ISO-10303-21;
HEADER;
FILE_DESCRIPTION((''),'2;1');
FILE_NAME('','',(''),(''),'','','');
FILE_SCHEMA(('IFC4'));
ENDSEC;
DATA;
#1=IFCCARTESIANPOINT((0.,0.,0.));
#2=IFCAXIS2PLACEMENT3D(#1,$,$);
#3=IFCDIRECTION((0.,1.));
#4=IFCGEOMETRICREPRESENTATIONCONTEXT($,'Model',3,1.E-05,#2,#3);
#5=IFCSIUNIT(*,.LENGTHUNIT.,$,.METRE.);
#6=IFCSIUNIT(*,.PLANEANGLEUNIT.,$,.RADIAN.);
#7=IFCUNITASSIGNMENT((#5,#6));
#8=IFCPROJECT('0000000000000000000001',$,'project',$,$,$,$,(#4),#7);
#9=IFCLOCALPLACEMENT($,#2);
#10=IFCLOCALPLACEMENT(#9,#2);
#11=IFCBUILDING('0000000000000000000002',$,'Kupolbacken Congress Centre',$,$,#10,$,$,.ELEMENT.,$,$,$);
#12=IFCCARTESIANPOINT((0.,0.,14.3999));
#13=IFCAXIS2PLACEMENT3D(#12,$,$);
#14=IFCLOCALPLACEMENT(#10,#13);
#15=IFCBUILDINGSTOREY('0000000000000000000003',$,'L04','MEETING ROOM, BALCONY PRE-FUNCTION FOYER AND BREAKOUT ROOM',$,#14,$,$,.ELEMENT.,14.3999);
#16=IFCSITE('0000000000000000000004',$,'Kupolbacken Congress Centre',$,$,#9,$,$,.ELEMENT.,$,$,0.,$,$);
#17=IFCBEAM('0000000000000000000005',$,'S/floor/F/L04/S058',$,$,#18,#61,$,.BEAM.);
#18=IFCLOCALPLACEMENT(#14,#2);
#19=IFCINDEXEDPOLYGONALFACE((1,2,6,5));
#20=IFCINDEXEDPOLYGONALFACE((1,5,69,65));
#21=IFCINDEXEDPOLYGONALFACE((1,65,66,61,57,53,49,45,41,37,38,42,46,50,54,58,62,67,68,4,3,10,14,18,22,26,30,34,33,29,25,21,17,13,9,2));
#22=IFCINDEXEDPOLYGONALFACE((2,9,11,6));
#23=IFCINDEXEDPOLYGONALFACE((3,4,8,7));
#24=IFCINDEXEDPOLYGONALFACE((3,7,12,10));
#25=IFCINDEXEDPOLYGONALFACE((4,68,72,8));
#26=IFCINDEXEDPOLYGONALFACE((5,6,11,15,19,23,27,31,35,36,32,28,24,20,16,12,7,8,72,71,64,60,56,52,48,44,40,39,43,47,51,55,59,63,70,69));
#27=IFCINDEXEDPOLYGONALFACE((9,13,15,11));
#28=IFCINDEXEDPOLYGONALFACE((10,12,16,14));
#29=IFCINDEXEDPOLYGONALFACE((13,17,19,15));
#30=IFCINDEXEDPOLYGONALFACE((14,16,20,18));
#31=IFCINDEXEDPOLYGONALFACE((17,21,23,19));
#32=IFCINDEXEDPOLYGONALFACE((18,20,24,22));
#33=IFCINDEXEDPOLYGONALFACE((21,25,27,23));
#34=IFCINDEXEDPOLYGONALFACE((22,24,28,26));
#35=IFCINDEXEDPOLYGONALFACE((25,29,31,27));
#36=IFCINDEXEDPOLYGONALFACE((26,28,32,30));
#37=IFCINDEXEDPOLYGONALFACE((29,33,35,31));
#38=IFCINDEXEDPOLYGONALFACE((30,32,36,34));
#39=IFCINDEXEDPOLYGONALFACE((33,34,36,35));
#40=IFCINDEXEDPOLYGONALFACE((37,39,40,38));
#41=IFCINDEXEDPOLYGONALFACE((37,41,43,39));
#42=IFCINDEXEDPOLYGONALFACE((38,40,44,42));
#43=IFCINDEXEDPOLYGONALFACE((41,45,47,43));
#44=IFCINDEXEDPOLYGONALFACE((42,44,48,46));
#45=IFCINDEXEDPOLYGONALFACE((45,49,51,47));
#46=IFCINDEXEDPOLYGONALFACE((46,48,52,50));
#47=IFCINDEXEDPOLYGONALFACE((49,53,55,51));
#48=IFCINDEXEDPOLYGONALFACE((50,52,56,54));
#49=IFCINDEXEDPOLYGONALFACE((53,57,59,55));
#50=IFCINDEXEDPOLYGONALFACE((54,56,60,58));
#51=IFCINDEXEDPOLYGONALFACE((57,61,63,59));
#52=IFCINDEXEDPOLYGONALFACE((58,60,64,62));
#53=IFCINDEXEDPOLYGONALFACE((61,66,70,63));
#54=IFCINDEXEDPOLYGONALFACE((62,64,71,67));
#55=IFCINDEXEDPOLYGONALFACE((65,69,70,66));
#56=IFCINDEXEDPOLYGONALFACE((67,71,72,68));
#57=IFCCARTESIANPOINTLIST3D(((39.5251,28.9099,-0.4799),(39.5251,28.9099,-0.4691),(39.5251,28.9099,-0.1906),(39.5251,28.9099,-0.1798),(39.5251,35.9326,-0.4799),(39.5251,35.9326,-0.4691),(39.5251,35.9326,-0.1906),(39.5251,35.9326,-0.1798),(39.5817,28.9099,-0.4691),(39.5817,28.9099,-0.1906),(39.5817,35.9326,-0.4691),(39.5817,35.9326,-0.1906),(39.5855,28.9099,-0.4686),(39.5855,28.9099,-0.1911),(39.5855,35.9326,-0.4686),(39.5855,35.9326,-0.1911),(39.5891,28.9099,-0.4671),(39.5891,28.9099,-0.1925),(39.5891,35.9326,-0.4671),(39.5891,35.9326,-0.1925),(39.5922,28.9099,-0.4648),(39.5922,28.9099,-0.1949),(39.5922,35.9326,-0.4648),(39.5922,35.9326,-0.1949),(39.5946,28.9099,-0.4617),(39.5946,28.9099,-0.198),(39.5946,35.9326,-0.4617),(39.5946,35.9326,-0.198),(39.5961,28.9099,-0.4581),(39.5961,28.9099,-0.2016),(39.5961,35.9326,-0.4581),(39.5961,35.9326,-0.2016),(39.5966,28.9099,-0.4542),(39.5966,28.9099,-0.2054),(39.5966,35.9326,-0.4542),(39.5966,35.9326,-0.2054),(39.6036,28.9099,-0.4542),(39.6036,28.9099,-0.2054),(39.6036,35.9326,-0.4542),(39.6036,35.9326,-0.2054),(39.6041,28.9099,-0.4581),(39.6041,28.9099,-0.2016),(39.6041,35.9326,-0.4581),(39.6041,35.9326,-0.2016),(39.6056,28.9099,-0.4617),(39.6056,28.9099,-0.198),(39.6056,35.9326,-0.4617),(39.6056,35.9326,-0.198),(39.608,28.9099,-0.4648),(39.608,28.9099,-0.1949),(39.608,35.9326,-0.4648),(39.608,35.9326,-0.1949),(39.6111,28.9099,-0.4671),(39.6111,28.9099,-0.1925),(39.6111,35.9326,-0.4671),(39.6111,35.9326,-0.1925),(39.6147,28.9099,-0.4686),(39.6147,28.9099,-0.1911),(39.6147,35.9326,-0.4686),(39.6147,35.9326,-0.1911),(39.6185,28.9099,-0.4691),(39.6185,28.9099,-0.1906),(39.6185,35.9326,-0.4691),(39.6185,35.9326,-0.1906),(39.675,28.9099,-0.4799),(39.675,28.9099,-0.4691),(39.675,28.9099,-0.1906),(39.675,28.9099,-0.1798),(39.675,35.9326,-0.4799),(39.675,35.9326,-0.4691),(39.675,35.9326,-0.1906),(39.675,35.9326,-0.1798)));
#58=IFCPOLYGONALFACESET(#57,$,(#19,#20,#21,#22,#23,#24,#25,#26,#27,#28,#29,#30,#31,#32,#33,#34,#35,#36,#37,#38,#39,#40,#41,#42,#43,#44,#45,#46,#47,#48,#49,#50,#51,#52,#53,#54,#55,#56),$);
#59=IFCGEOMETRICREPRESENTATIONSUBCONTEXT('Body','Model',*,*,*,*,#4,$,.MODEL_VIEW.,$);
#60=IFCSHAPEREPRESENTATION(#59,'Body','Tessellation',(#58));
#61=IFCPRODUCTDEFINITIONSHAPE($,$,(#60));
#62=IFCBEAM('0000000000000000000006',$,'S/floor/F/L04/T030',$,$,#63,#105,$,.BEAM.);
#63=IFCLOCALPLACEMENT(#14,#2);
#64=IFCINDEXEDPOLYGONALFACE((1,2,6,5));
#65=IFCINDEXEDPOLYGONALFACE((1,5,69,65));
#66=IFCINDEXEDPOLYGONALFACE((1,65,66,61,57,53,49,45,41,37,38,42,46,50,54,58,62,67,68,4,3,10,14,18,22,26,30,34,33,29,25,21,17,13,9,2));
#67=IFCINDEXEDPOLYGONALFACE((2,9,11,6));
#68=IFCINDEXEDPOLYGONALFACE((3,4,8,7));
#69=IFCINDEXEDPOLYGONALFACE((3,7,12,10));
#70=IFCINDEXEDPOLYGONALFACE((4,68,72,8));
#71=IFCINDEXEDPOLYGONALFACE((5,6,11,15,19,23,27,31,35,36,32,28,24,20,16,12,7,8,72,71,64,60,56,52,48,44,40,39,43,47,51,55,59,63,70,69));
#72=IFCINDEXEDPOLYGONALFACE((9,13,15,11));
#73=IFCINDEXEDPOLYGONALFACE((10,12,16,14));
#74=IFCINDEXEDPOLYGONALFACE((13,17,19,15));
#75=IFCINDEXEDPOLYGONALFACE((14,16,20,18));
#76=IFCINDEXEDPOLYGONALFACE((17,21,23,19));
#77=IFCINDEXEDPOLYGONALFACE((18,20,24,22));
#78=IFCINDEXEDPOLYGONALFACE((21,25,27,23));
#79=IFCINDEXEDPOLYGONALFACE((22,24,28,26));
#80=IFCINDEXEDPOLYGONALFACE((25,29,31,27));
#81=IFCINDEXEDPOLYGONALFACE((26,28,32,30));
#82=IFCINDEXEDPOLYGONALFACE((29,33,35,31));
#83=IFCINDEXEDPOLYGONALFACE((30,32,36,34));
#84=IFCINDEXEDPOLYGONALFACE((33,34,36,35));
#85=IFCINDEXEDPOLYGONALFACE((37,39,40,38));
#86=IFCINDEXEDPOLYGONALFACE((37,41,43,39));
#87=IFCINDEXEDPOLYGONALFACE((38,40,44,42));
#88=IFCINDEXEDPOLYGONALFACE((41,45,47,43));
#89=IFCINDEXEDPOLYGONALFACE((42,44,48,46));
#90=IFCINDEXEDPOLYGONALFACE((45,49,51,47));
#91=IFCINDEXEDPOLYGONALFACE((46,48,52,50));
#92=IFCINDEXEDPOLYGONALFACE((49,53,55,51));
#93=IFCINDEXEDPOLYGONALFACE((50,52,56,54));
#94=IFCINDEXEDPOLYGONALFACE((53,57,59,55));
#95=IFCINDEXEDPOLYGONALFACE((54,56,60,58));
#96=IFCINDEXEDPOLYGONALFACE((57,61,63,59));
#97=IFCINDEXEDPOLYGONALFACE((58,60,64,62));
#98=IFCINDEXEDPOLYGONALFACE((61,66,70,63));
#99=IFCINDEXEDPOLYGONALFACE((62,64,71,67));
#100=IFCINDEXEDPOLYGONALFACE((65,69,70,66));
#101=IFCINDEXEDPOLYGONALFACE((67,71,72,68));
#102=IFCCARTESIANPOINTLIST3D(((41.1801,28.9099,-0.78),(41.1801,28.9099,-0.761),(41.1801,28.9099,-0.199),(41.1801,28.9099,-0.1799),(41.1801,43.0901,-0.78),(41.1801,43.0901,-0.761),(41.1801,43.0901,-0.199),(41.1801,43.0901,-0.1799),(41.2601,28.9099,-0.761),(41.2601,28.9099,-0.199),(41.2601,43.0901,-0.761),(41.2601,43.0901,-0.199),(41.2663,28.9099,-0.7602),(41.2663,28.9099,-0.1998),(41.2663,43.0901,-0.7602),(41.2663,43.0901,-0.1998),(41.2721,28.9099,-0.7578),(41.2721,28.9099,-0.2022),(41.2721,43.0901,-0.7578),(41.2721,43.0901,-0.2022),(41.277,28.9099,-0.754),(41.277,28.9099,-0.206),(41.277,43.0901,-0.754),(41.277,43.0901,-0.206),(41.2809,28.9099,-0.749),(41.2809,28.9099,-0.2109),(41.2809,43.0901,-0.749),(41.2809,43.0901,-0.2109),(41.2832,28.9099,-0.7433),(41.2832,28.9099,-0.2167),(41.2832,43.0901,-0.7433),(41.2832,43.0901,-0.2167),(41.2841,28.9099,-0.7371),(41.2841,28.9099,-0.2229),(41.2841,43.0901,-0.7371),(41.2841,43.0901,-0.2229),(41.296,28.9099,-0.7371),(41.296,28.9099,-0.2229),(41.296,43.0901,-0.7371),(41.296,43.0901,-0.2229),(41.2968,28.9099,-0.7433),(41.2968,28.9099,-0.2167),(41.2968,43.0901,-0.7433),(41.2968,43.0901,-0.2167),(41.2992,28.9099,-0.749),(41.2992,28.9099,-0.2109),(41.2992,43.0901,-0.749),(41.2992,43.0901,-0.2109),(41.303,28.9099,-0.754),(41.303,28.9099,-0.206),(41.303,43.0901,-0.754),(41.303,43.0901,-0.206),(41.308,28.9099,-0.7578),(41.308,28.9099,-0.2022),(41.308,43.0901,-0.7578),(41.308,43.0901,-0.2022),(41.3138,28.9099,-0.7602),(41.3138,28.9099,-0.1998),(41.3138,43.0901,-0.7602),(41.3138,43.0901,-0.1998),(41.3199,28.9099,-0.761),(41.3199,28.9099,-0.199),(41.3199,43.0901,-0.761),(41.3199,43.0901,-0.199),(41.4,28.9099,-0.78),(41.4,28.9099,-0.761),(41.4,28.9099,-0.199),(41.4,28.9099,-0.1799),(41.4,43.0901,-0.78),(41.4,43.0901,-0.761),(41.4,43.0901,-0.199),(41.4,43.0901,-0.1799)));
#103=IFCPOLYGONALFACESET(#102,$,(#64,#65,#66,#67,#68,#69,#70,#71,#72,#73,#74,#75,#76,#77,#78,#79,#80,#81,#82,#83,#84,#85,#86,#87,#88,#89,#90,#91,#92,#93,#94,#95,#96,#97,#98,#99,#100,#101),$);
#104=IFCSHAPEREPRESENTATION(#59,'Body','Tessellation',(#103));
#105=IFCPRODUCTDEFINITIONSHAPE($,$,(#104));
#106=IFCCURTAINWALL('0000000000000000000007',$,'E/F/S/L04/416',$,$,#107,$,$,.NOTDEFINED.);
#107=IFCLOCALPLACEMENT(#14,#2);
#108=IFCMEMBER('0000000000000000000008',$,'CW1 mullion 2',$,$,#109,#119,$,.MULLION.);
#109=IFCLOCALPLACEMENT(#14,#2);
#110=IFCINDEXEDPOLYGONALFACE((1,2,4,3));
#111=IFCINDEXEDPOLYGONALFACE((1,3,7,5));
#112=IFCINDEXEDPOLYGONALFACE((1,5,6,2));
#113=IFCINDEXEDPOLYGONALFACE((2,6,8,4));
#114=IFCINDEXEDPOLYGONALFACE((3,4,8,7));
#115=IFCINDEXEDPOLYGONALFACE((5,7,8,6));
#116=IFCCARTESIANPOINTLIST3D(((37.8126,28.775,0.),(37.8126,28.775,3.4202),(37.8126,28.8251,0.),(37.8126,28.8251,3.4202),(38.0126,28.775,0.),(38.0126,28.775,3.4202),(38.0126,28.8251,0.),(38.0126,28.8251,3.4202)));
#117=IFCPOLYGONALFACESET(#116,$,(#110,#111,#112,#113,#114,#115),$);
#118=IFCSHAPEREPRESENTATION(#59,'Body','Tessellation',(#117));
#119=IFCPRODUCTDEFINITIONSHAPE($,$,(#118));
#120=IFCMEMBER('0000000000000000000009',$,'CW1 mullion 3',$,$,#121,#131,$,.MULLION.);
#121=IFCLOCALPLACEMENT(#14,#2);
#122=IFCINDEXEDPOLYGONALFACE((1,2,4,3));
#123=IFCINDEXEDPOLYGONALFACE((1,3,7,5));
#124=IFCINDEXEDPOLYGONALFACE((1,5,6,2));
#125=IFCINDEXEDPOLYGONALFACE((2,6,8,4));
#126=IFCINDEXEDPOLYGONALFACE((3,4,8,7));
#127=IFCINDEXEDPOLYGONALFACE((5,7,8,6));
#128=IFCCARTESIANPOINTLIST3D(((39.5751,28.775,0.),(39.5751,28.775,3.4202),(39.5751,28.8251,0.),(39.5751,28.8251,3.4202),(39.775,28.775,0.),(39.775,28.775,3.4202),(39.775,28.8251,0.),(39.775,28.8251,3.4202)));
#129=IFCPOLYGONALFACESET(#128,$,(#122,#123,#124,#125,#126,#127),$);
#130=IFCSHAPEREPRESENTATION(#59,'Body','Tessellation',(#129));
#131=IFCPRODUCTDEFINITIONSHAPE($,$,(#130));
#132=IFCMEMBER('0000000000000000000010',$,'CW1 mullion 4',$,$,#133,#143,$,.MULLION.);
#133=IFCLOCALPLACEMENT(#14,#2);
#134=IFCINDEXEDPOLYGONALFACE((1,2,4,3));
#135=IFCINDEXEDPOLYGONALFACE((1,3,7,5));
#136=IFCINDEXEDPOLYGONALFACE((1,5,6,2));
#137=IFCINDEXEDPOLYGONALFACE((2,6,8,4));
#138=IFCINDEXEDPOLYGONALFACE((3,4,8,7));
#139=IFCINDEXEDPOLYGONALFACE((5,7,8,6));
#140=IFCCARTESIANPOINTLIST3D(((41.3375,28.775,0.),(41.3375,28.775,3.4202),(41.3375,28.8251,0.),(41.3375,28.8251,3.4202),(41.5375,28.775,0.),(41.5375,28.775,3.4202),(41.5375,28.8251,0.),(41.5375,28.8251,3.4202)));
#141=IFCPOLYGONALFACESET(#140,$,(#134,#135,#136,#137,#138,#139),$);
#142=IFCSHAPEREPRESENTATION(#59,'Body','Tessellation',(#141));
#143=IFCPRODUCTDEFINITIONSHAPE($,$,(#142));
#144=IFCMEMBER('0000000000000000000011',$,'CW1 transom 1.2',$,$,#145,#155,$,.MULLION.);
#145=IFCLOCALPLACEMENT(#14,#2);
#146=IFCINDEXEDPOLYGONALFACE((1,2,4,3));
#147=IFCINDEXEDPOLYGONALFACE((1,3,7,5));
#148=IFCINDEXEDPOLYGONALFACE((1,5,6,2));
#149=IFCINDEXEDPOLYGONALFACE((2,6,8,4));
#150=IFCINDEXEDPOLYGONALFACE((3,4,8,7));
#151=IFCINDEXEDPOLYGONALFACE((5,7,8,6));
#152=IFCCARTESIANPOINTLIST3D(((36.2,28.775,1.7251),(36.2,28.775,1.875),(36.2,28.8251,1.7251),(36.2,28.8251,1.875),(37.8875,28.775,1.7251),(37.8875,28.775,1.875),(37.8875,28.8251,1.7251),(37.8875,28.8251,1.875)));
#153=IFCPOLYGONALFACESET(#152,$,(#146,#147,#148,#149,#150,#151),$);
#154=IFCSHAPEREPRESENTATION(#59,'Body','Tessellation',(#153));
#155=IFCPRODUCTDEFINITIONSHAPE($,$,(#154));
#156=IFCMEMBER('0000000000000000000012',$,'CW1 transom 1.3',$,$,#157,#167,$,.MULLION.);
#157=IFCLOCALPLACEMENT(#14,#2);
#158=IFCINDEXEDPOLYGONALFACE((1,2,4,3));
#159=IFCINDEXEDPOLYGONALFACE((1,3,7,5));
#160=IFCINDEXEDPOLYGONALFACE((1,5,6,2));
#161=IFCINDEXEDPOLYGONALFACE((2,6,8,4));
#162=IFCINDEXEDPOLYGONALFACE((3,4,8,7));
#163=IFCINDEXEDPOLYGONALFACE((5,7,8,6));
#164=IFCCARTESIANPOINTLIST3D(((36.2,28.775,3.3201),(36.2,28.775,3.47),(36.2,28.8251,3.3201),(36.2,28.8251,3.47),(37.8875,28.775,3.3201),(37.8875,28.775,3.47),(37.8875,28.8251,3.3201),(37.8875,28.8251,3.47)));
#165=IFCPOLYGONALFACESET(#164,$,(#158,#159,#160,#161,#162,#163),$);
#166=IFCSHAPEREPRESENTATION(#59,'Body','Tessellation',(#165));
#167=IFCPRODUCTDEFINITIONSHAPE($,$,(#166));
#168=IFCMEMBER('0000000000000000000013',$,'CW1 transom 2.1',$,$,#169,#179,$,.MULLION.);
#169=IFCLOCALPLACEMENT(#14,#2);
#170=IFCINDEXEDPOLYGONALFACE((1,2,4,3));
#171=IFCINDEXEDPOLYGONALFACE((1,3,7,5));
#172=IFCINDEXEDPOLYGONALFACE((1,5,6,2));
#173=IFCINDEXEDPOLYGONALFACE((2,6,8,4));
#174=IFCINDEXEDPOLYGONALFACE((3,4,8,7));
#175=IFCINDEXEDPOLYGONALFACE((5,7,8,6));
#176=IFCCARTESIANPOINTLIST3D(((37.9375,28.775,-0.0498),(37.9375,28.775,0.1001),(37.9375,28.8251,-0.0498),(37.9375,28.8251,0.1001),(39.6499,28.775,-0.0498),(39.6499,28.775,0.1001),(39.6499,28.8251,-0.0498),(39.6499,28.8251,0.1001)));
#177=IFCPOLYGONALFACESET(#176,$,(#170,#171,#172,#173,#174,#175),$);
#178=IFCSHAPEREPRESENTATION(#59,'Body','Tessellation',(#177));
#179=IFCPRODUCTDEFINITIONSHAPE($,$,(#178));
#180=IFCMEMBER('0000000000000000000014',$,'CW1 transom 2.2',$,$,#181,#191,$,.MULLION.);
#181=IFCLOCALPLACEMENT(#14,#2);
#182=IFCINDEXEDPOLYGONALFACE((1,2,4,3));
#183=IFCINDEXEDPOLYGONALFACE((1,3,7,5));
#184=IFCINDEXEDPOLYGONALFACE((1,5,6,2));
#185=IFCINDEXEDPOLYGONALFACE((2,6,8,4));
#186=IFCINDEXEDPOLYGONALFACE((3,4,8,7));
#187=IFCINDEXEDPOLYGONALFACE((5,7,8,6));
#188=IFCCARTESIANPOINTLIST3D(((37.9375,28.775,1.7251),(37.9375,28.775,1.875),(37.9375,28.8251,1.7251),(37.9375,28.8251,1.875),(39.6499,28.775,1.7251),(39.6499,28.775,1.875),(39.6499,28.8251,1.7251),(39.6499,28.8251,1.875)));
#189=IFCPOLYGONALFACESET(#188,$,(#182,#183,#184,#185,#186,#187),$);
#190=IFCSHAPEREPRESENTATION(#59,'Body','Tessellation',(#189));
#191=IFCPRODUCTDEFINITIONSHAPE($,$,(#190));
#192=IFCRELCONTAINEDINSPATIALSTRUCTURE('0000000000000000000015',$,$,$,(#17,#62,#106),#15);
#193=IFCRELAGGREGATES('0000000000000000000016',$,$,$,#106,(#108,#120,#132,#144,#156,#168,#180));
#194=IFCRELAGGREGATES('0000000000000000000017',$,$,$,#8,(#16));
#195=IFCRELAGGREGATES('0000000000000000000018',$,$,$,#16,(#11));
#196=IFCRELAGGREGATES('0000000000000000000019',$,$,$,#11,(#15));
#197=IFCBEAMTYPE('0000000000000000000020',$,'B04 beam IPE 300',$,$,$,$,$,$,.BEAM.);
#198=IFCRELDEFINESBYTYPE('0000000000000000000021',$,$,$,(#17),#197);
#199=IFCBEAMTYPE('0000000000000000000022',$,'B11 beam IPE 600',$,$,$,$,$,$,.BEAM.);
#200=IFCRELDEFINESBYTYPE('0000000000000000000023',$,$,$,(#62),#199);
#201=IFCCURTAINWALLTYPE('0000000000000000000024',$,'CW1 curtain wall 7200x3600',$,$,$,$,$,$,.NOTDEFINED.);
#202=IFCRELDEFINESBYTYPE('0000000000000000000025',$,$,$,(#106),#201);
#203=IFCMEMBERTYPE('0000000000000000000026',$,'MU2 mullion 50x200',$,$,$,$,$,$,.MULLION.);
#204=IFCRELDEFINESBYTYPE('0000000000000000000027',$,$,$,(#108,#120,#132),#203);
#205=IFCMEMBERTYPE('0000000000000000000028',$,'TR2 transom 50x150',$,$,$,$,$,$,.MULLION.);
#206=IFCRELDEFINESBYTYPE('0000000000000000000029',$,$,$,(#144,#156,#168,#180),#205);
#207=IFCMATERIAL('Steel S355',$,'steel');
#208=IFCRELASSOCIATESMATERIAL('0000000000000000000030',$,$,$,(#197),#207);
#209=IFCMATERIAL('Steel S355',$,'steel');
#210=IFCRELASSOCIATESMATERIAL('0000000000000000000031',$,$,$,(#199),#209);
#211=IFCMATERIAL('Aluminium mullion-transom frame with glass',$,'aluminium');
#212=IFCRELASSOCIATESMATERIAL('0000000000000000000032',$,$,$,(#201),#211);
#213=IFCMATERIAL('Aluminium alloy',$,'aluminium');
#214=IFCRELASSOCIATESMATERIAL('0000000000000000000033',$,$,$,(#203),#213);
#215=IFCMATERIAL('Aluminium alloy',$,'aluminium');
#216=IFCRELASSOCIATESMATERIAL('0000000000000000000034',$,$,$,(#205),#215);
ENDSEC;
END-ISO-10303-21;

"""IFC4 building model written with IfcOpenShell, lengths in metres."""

from ifc_helpers import new_model, si_unit, direction, frame, origin, origin_2d, place, context, subcontext, project, spatial, rectangle, i_section, extrude, material, material_profile, profile_set, type_object, element, aggregate, save


model = new_model("IFC4")

# Units and contexts
model_context = context("Model", 3, precision=1e-05, world=origin(), true_north=direction((0.0, 1.0)))
body_context = subcontext(model_context, "Body", "Model", "MODEL_VIEW")
ifc_project = project(units=[si_unit("LENGTHUNIT", "METRE"), si_unit("PLANEANGLEUNIT", "RADIAN")], contexts=[model_context])

# Site, building, storey
site_placement = place(None, origin())
site = spatial("IfcSite", under=ifc_project, at=site_placement, Name="Kupolbacken Congress Centre", CompositionType="ELEMENT", RefElevation=0.0)
building_placement = place(site_placement, origin())
building = spatial("IfcBuilding", under=site, at=building_placement, Name="Kupolbacken Congress Centre", CompositionType="ELEMENT")
storey_placement = place(building_placement, frame((0.0, 0.0, 14.3999)))
storey = spatial("IfcBuildingStorey", under=building, at=storey_placement, Name="L04", Description="MEETING ROOM, BALCONY PRE-FUNCTION FOYER AND BREAKOUT ROOM", CompositionType="ELEMENT", Elevation=14.3999)

# Beams
ifc_material_1 = material(Name="Steel S355", Category="steel")
ifc_material_profile_1 = material_profile(ifc_material_1, i_section(OverallWidth=0.1499, OverallDepth=0.3, WebThickness=0.0071, FlangeThickness=0.0107, FilletRadius=0.0149, at=origin_2d()), Name="IPE 300")
ifc_profile_set_1 = profile_set([ifc_material_profile_1], Name="Steel S355")
beam_type_1 = type_object("IfcBeamType", Name="B04 beam IPE 300", PredefinedType="BEAM", material=ifc_profile_set_1)
beam_1_placement = place(storey_placement, frame((39.6001, 28.9099, -0.3298), z_axis=(0.0, 1.0, 0.0), x_axis=(-1.0, 0.0, 0.0)))
element("IfcBeam", 1, at=beam_1_placement, inside=storey, type_object=beam_type_1, Name="S/floor/F/L04/S058", PredefinedType="BEAM", context=body_context, shape_type="SweptSolid", body=[
    extrude(i_section(OverallWidth=0.1499, OverallDepth=0.3, WebThickness=0.0071, FlangeThickness=0.0107, FilletRadius=0.0149, at=origin_2d()), origin(), (0.0, 0.0, 1.0), 7.0227),
])
ifc_material_2 = material(Name="Steel S355", Category="steel")
ifc_material_profile_2 = material_profile(ifc_material_2, i_section(OverallWidth=0.22, OverallDepth=0.6001, WebThickness=0.012, FlangeThickness=0.019, FilletRadius=0.0239, at=origin_2d()), Name="IPE 600")
ifc_profile_set_2 = profile_set([ifc_material_profile_2], Name="Steel S355")
beam_type_2 = type_object("IfcBeamType", Name="B11 beam IPE 600", PredefinedType="BEAM", material=ifc_profile_set_2)
beam_2_placement = place(storey_placement, frame((41.29, 28.9099, -0.48), z_axis=(0.0, 1.0, 0.0), x_axis=(-1.0, 0.0, 0.0)))
element("IfcBeam", 2, at=beam_2_placement, inside=storey, type_object=beam_type_2, Name="S/floor/F/L04/T030", PredefinedType="BEAM", context=body_context, shape_type="SweptSolid", body=[
    extrude(i_section(OverallWidth=0.22, OverallDepth=0.6001, WebThickness=0.012, FlangeThickness=0.019, FilletRadius=0.0239, at=origin_2d()), origin(), (0.0, 0.0, 1.0), 14.1802),
])

# Curtain wall, members
ifc_material_3 = material(Name="Aluminium mullion-transom frame with glass", Category="aluminium")
curtain_wall_type = type_object("IfcCurtainWallType", Name="CW1 curtain wall 7200x3600", PredefinedType="NOTDEFINED", material=ifc_material_3)
curtain_wall_placement = place(storey_placement, origin())
curtain_wall = element("IfcCurtainWall", 3, at=curtain_wall_placement, inside=storey, type_object=curtain_wall_type, Name="E/F/S/L04/416", PredefinedType="NOTDEFINED")
ifc_material_4 = material(Name="Aluminium alloy", Category="aluminium")
ifc_material_profile_3 = material_profile(ifc_material_4, rectangle(XDim=0.05, YDim=0.2, at=origin_2d()), Name="50 x 200")
ifc_profile_set_3 = profile_set([ifc_material_profile_3], Name="Aluminium alloy")
member_type_1 = type_object("IfcMemberType", Name="MU2 mullion 50x200", PredefinedType="MULLION", material=ifc_profile_set_3)
member_1_placement = place(storey_placement, frame((37.9126, 28.8, 0.0), z_axis=(0.0, 0.0, 1.0), x_axis=(0.0, 1.0, 0.0)))
member_1 = element("IfcMember", 4, at=member_1_placement, type_object=member_type_1, Name="CW1 mullion 2", PredefinedType="MULLION", context=body_context, shape_type="SweptSolid", body=[
    extrude(rectangle(XDim=0.05, YDim=0.2, at=origin_2d()), origin(), (0.0, 0.0, 1.0), 3.4202),
])
member_2_placement = place(storey_placement, frame((39.675, 28.8, 0.0), z_axis=(0.0, 0.0, 1.0), x_axis=(0.0, 1.0, 0.0)))
member_2 = element("IfcMember", 5, at=member_2_placement, type_object=member_type_1, Name="CW1 mullion 3", PredefinedType="MULLION", context=body_context, shape_type="SweptSolid", body=[
    extrude(rectangle(XDim=0.05, YDim=0.2, at=origin_2d()), origin(), (0.0, 0.0, 1.0), 3.4202),
])
member_3_placement = place(storey_placement, frame((41.4375, 28.8, 0.0), z_axis=(0.0, 0.0, 1.0), x_axis=(0.0, 1.0, 0.0)))
member_3 = element("IfcMember", 6, at=member_3_placement, type_object=member_type_1, Name="CW1 mullion 4", PredefinedType="MULLION", context=body_context, shape_type="SweptSolid", body=[
    extrude(rectangle(XDim=0.05, YDim=0.2, at=origin_2d()), origin(), (0.0, 0.0, 1.0), 3.4202),
])
ifc_material_5 = material(Name="Aluminium alloy", Category="aluminium")
ifc_material_profile_4 = material_profile(ifc_material_5, rectangle(XDim=0.05, YDim=0.1499, at=origin_2d()), Name="50 x 150")
ifc_profile_set_4 = profile_set([ifc_material_profile_4], Name="Aluminium alloy")
member_type_2 = type_object("IfcMemberType", Name="TR2 transom 50x150", PredefinedType="MULLION", material=ifc_profile_set_4)
member_4_placement = place(storey_placement, frame((36.2, 28.8, 1.8), z_axis=(1.0, 0.0, 0.0), x_axis=(0.0, 1.0, 0.0)))
member_4 = element("IfcMember", 7, at=member_4_placement, type_object=member_type_2, Name="CW1 transom 1.2", PredefinedType="MULLION", context=body_context, shape_type="SweptSolid", body=[
    extrude(rectangle(XDim=0.05, YDim=0.1499, at=origin_2d()), origin(), (0.0, 0.0, 1.0), 1.6875),
])
member_5_placement = place(storey_placement, frame((36.2, 28.8, 3.395), z_axis=(1.0, 0.0, 0.0), x_axis=(0.0, 1.0, 0.0)))
member_5 = element("IfcMember", 8, at=member_5_placement, type_object=member_type_2, Name="CW1 transom 1.3", PredefinedType="MULLION", context=body_context, shape_type="SweptSolid", body=[
    extrude(rectangle(XDim=0.05, YDim=0.1499, at=origin_2d()), origin(), (0.0, 0.0, 1.0), 1.6875),
])
member_6_placement = place(storey_placement, frame((37.9375, 28.8, 0.0251), z_axis=(1.0, 0.0, 0.0), x_axis=(0.0, 1.0, 0.0)))
member_6 = element("IfcMember", 9, at=member_6_placement, type_object=member_type_2, Name="CW1 transom 2.1", PredefinedType="MULLION", context=body_context, shape_type="SweptSolid", body=[
    extrude(rectangle(XDim=0.05, YDim=0.1499, at=origin_2d()), origin(), (0.0, 0.0, 1.0), 1.7124),
])
member_7_placement = place(storey_placement, frame((37.9375, 28.8, 1.8), z_axis=(1.0, 0.0, 0.0), x_axis=(0.0, 1.0, 0.0)))
member_7 = element("IfcMember", 10, at=member_7_placement, type_object=member_type_2, Name="CW1 transom 2.2", PredefinedType="MULLION", context=body_context, shape_type="SweptSolid", body=[
    extrude(rectangle(XDim=0.05, YDim=0.1499, at=origin_2d()), origin(), (0.0, 0.0, 1.0), 1.7124),
])
aggregate(curtain_wall, [member_1, member_2, member_3, member_4, member_5, member_6, member_7])

save(model, "model.ifc")
